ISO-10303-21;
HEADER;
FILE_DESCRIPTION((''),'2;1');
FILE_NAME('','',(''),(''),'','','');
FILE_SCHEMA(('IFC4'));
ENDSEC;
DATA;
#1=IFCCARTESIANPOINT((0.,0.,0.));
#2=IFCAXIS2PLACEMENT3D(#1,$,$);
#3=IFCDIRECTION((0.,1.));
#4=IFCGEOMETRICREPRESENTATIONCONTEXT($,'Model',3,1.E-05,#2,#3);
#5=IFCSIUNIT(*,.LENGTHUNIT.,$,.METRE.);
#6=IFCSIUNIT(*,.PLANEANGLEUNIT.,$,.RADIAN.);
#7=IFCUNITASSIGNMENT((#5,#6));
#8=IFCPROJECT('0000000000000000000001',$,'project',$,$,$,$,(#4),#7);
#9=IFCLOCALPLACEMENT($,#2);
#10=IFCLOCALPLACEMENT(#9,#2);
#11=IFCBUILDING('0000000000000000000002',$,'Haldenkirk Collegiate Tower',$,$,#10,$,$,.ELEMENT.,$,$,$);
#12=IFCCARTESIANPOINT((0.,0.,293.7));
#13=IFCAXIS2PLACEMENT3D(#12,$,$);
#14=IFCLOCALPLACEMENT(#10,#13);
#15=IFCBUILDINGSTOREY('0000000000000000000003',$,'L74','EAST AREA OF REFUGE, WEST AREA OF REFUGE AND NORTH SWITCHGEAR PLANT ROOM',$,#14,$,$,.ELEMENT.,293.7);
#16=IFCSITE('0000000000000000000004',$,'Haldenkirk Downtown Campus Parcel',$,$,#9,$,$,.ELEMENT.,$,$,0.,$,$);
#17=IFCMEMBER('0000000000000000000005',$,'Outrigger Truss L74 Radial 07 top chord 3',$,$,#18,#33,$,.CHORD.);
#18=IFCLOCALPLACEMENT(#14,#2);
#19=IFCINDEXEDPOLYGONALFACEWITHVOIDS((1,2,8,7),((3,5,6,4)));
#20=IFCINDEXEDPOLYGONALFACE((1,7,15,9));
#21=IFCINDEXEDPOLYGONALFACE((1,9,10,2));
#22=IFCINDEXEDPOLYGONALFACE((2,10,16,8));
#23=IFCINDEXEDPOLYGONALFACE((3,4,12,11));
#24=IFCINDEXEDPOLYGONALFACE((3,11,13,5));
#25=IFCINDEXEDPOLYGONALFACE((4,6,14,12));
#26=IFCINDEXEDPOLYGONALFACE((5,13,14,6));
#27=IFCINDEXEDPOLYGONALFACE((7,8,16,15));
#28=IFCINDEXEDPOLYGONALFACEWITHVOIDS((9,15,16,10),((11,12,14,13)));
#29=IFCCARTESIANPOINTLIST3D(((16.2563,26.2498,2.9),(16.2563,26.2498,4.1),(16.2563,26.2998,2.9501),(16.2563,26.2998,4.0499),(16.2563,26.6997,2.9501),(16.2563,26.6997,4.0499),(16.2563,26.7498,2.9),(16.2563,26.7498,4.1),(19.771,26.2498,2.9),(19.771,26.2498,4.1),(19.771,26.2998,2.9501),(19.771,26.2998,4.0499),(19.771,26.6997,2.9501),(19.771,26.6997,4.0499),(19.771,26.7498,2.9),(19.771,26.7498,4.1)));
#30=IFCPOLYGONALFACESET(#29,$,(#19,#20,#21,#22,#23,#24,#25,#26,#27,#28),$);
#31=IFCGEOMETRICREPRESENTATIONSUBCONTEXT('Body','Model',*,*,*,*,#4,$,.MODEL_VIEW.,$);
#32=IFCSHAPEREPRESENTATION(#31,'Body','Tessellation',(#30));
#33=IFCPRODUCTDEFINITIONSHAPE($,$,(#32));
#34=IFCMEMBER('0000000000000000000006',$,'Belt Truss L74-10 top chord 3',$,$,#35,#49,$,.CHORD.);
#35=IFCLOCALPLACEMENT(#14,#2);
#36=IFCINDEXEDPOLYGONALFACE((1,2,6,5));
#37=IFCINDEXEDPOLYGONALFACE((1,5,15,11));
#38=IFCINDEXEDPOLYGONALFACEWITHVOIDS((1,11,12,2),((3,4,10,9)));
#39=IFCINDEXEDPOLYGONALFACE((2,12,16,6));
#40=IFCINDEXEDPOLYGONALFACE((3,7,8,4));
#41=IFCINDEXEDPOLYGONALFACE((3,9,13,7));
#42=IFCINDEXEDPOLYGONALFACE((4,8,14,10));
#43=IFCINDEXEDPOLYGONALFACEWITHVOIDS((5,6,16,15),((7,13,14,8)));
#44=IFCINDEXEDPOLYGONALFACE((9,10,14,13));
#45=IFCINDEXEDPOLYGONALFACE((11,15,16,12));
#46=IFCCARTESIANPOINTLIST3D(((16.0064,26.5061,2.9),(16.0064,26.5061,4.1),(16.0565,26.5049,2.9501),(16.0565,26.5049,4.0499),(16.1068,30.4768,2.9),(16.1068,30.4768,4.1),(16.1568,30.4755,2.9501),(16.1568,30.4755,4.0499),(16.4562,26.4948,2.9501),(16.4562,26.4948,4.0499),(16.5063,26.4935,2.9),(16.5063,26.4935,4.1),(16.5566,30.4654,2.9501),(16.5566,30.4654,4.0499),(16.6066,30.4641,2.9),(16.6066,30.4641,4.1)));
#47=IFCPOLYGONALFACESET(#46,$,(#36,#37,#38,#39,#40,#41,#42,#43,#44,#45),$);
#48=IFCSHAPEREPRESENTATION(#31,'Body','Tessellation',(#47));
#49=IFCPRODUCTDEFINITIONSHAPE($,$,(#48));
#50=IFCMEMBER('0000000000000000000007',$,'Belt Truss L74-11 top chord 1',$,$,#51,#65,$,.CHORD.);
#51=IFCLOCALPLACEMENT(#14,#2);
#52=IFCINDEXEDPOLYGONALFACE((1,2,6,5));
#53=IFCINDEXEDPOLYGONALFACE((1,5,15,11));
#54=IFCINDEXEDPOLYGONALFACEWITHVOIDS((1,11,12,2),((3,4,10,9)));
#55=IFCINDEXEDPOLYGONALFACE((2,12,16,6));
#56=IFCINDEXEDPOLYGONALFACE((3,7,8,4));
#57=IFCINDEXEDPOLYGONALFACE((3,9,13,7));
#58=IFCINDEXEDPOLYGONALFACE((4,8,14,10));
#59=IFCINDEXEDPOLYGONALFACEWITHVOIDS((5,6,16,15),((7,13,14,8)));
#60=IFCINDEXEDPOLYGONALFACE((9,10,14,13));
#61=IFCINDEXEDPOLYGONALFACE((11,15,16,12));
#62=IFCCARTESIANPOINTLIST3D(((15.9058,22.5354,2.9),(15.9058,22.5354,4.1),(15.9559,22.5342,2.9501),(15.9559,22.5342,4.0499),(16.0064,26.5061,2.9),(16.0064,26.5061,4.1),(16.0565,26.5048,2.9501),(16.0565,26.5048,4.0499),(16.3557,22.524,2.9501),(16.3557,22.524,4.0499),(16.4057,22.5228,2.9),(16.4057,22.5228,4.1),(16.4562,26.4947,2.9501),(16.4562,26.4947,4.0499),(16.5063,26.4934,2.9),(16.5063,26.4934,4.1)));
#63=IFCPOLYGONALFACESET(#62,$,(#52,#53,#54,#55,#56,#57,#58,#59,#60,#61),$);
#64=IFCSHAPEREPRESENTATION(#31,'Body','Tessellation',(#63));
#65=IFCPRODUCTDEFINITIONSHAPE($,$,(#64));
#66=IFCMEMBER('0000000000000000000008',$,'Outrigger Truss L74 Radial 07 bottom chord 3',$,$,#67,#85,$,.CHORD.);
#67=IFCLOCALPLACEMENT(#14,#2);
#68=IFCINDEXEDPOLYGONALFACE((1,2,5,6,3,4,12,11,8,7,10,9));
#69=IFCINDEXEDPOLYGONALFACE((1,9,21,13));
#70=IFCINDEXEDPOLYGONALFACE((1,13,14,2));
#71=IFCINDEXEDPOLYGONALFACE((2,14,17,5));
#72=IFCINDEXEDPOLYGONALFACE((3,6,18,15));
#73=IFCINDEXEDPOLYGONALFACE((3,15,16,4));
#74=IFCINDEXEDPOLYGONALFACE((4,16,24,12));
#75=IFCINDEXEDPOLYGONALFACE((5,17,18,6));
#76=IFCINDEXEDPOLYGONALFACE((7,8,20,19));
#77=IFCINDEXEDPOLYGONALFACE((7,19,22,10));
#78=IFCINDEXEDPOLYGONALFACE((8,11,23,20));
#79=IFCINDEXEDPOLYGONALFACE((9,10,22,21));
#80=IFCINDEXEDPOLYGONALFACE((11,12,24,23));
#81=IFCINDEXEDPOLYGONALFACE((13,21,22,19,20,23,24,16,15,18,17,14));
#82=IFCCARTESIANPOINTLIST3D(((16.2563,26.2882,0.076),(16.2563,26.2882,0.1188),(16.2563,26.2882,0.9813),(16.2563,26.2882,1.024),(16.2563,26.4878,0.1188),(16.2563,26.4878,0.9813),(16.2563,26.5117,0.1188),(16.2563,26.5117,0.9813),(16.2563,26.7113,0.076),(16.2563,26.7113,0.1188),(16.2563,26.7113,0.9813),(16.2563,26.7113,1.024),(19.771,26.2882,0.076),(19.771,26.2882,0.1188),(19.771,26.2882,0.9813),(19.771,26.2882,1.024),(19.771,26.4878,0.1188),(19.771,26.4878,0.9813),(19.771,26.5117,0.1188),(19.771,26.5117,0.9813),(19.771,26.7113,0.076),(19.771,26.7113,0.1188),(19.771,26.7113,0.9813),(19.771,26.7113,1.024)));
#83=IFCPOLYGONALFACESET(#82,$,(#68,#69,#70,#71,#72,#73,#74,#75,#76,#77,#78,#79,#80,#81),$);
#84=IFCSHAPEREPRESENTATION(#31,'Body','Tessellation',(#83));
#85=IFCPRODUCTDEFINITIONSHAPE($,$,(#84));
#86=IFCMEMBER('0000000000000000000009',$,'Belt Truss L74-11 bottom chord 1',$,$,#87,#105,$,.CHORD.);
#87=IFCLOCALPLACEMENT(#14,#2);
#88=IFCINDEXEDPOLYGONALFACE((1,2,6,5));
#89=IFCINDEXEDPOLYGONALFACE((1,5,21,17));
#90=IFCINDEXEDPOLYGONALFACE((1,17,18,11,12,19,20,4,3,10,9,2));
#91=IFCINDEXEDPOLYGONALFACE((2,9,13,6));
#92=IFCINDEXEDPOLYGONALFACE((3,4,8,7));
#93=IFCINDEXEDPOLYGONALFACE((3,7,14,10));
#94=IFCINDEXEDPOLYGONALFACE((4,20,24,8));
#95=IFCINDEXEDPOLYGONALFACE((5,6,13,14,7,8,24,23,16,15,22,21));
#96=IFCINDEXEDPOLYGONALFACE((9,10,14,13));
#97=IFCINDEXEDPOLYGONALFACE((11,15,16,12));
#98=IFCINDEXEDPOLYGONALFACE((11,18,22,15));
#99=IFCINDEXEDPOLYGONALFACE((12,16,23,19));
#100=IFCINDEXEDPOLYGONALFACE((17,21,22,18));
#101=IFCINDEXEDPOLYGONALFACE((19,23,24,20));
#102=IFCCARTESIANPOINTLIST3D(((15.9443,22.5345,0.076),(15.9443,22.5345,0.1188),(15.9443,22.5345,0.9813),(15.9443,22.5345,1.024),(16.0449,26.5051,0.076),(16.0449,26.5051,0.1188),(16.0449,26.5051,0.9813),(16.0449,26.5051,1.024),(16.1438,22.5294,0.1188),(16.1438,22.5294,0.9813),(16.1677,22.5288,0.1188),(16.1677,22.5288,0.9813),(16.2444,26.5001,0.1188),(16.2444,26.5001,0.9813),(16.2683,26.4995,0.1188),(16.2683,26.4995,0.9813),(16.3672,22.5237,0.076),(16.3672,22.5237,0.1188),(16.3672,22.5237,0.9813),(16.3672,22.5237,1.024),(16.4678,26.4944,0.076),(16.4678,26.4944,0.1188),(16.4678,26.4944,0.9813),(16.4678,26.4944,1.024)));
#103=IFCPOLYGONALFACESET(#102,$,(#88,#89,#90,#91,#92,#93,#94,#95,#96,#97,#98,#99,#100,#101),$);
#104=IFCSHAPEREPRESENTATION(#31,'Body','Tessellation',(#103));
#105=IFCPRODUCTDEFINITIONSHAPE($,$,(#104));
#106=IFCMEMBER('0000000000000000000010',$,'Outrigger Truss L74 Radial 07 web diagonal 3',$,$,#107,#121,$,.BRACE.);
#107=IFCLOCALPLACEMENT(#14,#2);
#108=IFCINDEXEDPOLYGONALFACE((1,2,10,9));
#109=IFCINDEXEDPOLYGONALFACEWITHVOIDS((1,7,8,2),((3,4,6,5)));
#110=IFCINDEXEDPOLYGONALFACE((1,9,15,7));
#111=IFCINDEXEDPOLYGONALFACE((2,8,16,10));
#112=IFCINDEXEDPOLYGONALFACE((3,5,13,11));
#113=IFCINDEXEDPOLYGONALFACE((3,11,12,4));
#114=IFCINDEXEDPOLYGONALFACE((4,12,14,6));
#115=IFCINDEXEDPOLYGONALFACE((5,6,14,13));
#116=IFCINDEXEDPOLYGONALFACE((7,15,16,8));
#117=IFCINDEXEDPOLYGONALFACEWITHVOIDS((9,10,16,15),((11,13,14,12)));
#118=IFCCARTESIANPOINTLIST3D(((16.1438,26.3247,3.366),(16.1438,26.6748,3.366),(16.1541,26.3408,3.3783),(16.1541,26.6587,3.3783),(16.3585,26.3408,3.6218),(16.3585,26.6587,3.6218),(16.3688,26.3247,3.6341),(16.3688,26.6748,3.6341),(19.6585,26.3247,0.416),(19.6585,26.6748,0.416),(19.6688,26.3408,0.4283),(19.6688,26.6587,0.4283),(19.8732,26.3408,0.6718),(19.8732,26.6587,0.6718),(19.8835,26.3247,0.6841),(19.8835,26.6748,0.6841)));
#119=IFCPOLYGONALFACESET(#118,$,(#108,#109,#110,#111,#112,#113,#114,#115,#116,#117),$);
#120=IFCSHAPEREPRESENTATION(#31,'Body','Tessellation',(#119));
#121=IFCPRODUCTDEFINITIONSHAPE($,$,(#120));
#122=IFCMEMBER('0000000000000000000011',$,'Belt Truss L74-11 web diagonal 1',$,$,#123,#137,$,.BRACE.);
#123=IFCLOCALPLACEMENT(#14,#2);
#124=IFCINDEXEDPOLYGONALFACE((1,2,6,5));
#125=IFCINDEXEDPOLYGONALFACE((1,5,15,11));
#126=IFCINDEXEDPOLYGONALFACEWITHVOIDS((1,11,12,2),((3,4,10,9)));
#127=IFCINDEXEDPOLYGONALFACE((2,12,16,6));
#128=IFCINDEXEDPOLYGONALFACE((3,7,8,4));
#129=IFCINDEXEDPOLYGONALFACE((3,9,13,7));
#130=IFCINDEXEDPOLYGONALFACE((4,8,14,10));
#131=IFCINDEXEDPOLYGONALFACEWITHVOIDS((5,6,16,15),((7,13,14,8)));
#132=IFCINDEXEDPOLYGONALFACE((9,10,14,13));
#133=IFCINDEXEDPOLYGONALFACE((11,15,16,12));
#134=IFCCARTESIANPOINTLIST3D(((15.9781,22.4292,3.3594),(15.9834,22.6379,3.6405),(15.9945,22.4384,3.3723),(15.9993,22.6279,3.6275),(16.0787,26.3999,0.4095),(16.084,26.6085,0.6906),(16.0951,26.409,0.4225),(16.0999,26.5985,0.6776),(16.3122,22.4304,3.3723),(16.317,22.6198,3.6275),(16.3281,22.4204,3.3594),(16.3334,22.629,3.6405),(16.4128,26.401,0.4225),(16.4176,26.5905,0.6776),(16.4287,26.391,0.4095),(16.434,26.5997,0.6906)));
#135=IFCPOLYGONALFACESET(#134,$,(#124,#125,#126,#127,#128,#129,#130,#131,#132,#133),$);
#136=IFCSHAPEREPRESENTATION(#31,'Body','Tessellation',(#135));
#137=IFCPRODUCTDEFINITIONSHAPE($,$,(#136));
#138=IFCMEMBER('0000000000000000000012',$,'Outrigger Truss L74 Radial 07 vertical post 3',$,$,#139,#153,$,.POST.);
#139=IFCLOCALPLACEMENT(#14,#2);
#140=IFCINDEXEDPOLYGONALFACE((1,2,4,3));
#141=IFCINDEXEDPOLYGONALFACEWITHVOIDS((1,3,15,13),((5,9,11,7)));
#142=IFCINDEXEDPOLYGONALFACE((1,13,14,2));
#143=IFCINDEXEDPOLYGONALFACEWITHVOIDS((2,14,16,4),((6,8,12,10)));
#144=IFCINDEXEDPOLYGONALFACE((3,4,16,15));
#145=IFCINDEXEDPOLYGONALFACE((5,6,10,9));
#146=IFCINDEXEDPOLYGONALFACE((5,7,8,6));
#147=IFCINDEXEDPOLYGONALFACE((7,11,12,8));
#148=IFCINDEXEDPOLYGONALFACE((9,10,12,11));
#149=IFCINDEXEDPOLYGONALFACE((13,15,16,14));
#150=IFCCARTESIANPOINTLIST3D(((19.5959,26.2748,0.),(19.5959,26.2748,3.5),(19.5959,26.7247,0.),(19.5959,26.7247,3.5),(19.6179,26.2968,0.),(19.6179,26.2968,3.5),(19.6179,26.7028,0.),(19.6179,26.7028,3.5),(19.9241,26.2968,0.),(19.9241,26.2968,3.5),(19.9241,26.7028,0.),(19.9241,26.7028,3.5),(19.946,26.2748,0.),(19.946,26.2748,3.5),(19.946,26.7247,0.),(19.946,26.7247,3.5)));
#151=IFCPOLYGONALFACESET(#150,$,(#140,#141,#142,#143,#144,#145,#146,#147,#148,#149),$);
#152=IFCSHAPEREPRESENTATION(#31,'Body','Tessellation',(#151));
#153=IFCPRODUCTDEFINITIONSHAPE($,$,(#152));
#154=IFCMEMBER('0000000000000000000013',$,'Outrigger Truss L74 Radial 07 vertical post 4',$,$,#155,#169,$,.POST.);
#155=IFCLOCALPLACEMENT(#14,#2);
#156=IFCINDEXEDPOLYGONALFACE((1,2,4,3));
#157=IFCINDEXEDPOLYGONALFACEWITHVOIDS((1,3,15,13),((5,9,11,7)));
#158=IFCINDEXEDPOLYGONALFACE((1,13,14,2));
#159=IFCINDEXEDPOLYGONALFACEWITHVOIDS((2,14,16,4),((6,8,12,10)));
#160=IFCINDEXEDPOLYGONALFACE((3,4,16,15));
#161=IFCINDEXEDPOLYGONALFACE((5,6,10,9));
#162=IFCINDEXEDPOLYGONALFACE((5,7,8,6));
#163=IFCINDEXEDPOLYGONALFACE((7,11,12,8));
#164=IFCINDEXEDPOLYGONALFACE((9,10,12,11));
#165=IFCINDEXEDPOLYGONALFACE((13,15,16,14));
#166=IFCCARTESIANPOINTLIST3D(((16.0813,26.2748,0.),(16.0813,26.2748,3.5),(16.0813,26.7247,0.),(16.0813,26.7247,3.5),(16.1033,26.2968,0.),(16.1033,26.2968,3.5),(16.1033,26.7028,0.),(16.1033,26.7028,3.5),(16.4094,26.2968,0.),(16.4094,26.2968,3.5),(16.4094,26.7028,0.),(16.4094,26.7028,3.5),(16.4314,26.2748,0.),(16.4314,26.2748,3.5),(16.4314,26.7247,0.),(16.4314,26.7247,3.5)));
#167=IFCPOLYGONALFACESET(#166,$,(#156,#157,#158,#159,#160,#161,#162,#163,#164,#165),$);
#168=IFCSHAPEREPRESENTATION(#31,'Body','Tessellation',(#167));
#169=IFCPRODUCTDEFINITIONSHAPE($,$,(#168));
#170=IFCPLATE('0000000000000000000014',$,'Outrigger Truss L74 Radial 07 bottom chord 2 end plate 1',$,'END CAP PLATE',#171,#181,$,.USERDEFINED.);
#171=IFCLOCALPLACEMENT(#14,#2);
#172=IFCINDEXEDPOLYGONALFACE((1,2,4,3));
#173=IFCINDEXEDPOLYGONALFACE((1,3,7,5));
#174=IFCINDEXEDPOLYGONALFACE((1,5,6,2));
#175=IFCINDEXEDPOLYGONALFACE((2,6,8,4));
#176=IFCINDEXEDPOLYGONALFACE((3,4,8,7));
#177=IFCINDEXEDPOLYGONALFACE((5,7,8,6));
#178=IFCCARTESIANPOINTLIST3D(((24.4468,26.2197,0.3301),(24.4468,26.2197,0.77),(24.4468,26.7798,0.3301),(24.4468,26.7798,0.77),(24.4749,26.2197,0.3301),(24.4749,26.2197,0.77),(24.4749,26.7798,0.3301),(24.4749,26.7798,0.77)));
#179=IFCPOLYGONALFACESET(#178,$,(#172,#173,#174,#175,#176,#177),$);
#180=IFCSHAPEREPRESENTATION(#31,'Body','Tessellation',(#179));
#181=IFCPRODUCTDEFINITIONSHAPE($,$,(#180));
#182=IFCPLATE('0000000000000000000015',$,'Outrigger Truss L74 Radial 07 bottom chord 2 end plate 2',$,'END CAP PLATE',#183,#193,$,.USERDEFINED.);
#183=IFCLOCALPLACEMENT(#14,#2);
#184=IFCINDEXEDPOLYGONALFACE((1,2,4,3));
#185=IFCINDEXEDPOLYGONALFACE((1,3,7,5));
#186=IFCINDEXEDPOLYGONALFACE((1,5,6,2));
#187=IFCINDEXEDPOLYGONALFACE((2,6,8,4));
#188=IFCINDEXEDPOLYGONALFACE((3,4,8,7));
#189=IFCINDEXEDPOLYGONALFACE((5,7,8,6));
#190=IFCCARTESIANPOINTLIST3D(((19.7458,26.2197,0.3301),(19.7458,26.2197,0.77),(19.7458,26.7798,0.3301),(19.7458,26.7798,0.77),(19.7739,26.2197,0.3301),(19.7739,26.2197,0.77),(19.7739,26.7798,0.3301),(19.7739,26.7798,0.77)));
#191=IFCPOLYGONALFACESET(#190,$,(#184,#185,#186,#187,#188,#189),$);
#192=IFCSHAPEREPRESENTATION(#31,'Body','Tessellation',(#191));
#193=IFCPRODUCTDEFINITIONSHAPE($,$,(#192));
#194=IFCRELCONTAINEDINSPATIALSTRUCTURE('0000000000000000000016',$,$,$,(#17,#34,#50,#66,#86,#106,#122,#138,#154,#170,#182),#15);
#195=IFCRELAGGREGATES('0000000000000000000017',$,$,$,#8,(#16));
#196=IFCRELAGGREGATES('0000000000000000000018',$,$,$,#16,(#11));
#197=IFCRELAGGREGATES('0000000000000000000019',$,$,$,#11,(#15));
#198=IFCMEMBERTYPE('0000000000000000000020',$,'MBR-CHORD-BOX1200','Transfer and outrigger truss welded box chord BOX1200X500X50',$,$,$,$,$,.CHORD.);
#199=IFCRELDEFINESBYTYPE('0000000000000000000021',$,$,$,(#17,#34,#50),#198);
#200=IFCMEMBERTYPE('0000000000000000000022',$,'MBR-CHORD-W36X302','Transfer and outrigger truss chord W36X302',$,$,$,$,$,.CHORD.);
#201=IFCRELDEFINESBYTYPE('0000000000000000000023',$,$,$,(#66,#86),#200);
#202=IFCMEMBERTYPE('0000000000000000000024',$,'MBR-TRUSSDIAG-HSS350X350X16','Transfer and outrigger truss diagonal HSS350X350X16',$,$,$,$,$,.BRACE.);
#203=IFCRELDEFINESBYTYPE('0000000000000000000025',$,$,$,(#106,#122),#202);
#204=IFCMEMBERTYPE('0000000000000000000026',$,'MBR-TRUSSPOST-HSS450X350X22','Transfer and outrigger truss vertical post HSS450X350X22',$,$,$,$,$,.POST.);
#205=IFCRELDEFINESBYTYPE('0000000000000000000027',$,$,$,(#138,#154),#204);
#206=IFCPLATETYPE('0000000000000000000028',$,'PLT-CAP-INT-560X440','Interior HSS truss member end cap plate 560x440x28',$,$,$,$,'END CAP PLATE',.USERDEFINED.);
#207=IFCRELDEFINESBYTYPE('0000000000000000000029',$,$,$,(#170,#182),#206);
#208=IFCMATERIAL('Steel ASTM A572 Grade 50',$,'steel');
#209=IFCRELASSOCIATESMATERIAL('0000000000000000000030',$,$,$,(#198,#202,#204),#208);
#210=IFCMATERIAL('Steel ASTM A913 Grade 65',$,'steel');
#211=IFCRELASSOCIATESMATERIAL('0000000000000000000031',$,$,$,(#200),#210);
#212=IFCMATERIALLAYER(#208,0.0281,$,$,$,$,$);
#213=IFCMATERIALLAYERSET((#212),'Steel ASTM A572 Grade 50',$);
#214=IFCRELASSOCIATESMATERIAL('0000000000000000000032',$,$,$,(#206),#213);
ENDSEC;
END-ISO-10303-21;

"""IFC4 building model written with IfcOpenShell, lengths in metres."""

from ifc_helpers import new_model, si_unit, direction, frame, origin, origin_2d, place, context, subcontext, project, spatial, rectangle, hollow_rectangle, i_section, extrude, source, transform, mapped, material, layer, layer_set, material_profile, profile_set, type_object, element, save


model = new_model("IFC4")

# Units and contexts
model_context = context("Model", 3, precision=1e-05, world=origin(), true_north=direction((0.0, 1.0)))
body_context = subcontext(model_context, "Body", "Model", "MODEL_VIEW")
ifc_project = project(units=[si_unit("LENGTHUNIT", "METRE"), si_unit("PLANEANGLEUNIT", "RADIAN")], contexts=[model_context])

# Site, building, storey
site_placement = place(None, origin())
site = spatial("IfcSite", under=ifc_project, at=site_placement, Name="Haldenkirk Downtown Campus Parcel", CompositionType="ELEMENT", RefElevation=0.0)
building_placement = place(site_placement, origin())
building = spatial("IfcBuilding", under=site, at=building_placement, Name="Haldenkirk Collegiate Tower", CompositionType="ELEMENT")
storey_placement = place(building_placement, frame((0.0, 0.0, 293.7)))
storey = spatial("IfcBuildingStorey", under=building, at=storey_placement, Name="L74", Description="EAST AREA OF REFUGE, WEST AREA OF REFUGE AND NORTH SWITCHGEAR PLANT ROOM", CompositionType="ELEMENT", Elevation=293.7)

# Members
ifc_material_1 = material(Name="Steel ASTM A572 Grade 50", Category="steel")
ifc_material_profile_1 = material_profile(ifc_material_1, hollow_rectangle(XDim=0.5, YDim=1.2, WallThickness=0.05, at=origin_2d()), Name="BOX1200X500X50")
ifc_profile_set_1 = profile_set([ifc_material_profile_1], Name="Steel ASTM A572 Grade 50")
member_type_1 = type_object("IfcMemberType", Name="MBR-CHORD-BOX1200", Description="Transfer and outrigger truss welded box chord BOX1200X500X50", PredefinedType="CHORD", material=ifc_profile_set_1)
member_1_placement = place(storey_placement, frame((19.771, 26.4998, 3.5), z_axis=(-1.0, 0.0, 0.0), x_axis=(0.0, -1.0, 0.0)))
element("IfcMember", 1, at=member_1_placement, inside=storey, type_object=member_type_1, Name="Outrigger Truss L74 Radial 07 top chord 3", PredefinedType="CHORD", context=body_context, shape_type="SweptSolid", body=[
    extrude(hollow_rectangle(XDim=0.5, YDim=1.2, WallThickness=0.05, at=origin_2d()), origin(), (0.0, 0.0, 1.0), 3.5146),
])
for number, where, z_axis, x_axis, name in (
    (2, (16.3567, 30.4705, 3.5), (-0.025262, -0.999681, 0.0), (0.999681, -0.025262, 0.0), "Belt Truss L74-10 top chord 3"),
    (3, (16.2563, 26.4998, 3.5), (-0.025324, -0.999679, 0.0), (0.999679, -0.025324, 0.0), "Belt Truss L74-11 top chord 1"),
):
    element("IfcMember", number, at=place(storey_placement, frame(where, z_axis=z_axis, x_axis=x_axis)), inside=storey, type_object=member_type_1, Name=name, PredefinedType="CHORD", context=body_context, shape_type="SweptSolid", body=[
        extrude(hollow_rectangle(XDim=0.5, YDim=1.2, WallThickness=0.05, at=origin_2d()), origin(), (0.0, 0.0, 1.0), 3.9719),
    ])
ifc_material_2 = material(Name="Steel ASTM A913 Grade 65", Category="steel")
ifc_material_profile_2 = material_profile(ifc_material_2, i_section(OverallWidth=0.4231, OverallDepth=0.948, WebThickness=0.0239, FlangeThickness=0.0427, at=origin_2d()), Name="W36X302")
ifc_profile_set_2 = profile_set([ifc_material_profile_2], Name="Steel ASTM A913 Grade 65")
member_type_2 = type_object("IfcMemberType", Name="MBR-CHORD-W36X302", Description="Transfer and outrigger truss chord W36X302", PredefinedType="CHORD", material=ifc_profile_set_2)
member_2_placement = place(storey_placement, frame((19.771, 26.4998, 0.55), z_axis=(-1.0, 0.0, 0.0), x_axis=(0.0, -1.0, 0.0)))
element("IfcMember", 4, at=member_2_placement, inside=storey, type_object=member_type_2, Name="Outrigger Truss L74 Radial 07 bottom chord 3", PredefinedType="CHORD", context=body_context, shape_type="SweptSolid", body=[
    extrude(i_section(OverallWidth=0.4231, OverallDepth=0.948, WebThickness=0.0239, FlangeThickness=0.0427, at=origin_2d()), origin(), (0.0, 0.0, 1.0), 3.5146),
])
member_3_placement = place(storey_placement, frame((16.2563, 26.4998, 0.55), z_axis=(-0.025324, -0.999679, 0.0), x_axis=(0.999679, -0.025324, 0.0)))
element("IfcMember", 5, at=member_3_placement, inside=storey, type_object=member_type_2, Name="Belt Truss L74-11 bottom chord 1", PredefinedType="CHORD", context=body_context, shape_type="SweptSolid", body=[
    extrude(i_section(OverallWidth=0.4231, OverallDepth=0.948, WebThickness=0.0239, FlangeThickness=0.0427, at=origin_2d()), origin(), (0.0, 0.0, 1.0), 3.9719),
])
ifc_material_profile_3 = material_profile(ifc_material_1, hollow_rectangle(XDim=0.3501, YDim=0.3501, WallThickness=0.0161, at=origin_2d()), Name="HSS350X350X16")
ifc_profile_set_3 = profile_set([ifc_material_profile_3], Name="Steel ASTM A572 Grade 50")
member_type_3 = type_object("IfcMemberType", Name="MBR-TRUSSDIAG-HSS350X350X16", Description="Transfer and outrigger truss diagonal HSS350X350X16", PredefinedType="BRACE", material=ifc_profile_set_3)
member_4_placement = place(storey_placement, frame((19.771, 26.4998, 0.55), z_axis=(-0.765957, 0.0, 0.642891), x_axis=(0.0, -1.0, 0.0)))
element("IfcMember", 6, at=member_4_placement, inside=storey, type_object=member_type_3, Name="Outrigger Truss L74 Radial 07 web diagonal 3", PredefinedType="BRACE", context=body_context, shape_type="SweptSolid", body=[
    extrude(hollow_rectangle(XDim=0.3501, YDim=0.3501, WallThickness=0.0161, at=origin_2d()), origin(), (0.0, 0.0, 1.0), 4.5886),
])
member_5_placement = place(storey_placement, frame((16.2563, 26.4998, 0.55), z_axis=(-0.02033, -0.80255, 0.596238), x_axis=(0.999679, -0.025324, 0.0)))
element("IfcMember", 7, at=member_5_placement, inside=storey, type_object=member_type_3, Name="Belt Truss L74-11 web diagonal 1", PredefinedType="BRACE", context=body_context, shape_type="SweptSolid", body=[
    extrude(hollow_rectangle(XDim=0.3501, YDim=0.3501, WallThickness=0.0161, at=origin_2d()), origin(), (0.0, 0.0, 1.0), 4.9475),
])
ifc_material_profile_4 = material_profile(ifc_material_1, hollow_rectangle(XDim=0.3501, YDim=0.45, WallThickness=0.022, at=origin_2d()), Name="HSS450X350X22")
ifc_profile_set_4 = profile_set([ifc_material_profile_4], Name="Steel ASTM A572 Grade 50")
member_type_4 = type_object("IfcMemberType", Name="MBR-TRUSSPOST-HSS450X350X22", Description="Transfer and outrigger truss vertical post HSS450X350X22", PredefinedType="POST", material=ifc_profile_set_4)
for number, where, z_axis, x_axis, name in (
    (8, (19.771, 26.4998, 0.0), (0.0, 0.0, 1.0), (1.0, 0.0, 0.0), "Outrigger Truss L74 Radial 07 vertical post 3"),
    (9, (16.2563, 26.4998, 0.0), (0.0, 0.0, 1.0), (1.0, 0.0, 0.0), "Outrigger Truss L74 Radial 07 vertical post 4"),
):
    element("IfcMember", number, at=place(storey_placement, frame(where, z_axis=z_axis, x_axis=x_axis)), inside=storey, type_object=member_type_4, Name=name, PredefinedType="POST", context=body_context, shape_type="SweptSolid", body=[
        extrude(hollow_rectangle(XDim=0.3501, YDim=0.45, WallThickness=0.022, at=origin_2d()), origin(), (0.0, 0.0, 1.0), 3.5),
    ])

# Plates
ifc_layer_1 = layer(ifc_material_1, 0.0281)
ifc_layer_set_1 = layer_set([ifc_layer_1], Name="Steel ASTM A572 Grade 50")
plate_type = type_object("IfcPlateType", Name="PLT-CAP-INT-560X440", Description="Interior HSS truss member end cap plate 560x440x28", ElementType="END CAP PLATE", PredefinedType="USERDEFINED", material=ifc_layer_set_1)
shared_shape_1 = source(origin(), body_context, "Body", "SweptSolid", [
    extrude(rectangle(XDim=0.5601, YDim=0.4399, at=origin_2d()), origin(), (0.0, 0.0, 1.0), 0.0281),
])
for number, where, z_axis, x_axis, name in (
    (10, (24.4468, 26.4998, 0.55), (1.0, 0.0, 0.0), (0.0, 1.0, 0.0), "Outrigger Truss L74 Radial 07 bottom chord 2 end plate 1"),
    (11, (19.7739, 26.4998, 0.55), (-1.0, 0.0, 0.0), (0.0, -1.0, 0.0), "Outrigger Truss L74 Radial 07 bottom chord 2 end plate 2"),
):
    element("IfcPlate", number, at=place(storey_placement, frame(where, z_axis=z_axis, x_axis=x_axis)), inside=storey, type_object=plate_type, Name=name, ObjectType="END CAP PLATE", PredefinedType="USERDEFINED", context=body_context, shape_type="MappedRepresentation", body=[
        mapped(shared_shape_1, transform((0.0, 0.0, 0.0), x_axis=(1.0, 0.0, 0.0), y_axis=(0.0, 1.0, 0.0), z_axis=(0.0, 0.0, 1.0), scale=1.0)),
    ])

save(model, "model.ifc")
